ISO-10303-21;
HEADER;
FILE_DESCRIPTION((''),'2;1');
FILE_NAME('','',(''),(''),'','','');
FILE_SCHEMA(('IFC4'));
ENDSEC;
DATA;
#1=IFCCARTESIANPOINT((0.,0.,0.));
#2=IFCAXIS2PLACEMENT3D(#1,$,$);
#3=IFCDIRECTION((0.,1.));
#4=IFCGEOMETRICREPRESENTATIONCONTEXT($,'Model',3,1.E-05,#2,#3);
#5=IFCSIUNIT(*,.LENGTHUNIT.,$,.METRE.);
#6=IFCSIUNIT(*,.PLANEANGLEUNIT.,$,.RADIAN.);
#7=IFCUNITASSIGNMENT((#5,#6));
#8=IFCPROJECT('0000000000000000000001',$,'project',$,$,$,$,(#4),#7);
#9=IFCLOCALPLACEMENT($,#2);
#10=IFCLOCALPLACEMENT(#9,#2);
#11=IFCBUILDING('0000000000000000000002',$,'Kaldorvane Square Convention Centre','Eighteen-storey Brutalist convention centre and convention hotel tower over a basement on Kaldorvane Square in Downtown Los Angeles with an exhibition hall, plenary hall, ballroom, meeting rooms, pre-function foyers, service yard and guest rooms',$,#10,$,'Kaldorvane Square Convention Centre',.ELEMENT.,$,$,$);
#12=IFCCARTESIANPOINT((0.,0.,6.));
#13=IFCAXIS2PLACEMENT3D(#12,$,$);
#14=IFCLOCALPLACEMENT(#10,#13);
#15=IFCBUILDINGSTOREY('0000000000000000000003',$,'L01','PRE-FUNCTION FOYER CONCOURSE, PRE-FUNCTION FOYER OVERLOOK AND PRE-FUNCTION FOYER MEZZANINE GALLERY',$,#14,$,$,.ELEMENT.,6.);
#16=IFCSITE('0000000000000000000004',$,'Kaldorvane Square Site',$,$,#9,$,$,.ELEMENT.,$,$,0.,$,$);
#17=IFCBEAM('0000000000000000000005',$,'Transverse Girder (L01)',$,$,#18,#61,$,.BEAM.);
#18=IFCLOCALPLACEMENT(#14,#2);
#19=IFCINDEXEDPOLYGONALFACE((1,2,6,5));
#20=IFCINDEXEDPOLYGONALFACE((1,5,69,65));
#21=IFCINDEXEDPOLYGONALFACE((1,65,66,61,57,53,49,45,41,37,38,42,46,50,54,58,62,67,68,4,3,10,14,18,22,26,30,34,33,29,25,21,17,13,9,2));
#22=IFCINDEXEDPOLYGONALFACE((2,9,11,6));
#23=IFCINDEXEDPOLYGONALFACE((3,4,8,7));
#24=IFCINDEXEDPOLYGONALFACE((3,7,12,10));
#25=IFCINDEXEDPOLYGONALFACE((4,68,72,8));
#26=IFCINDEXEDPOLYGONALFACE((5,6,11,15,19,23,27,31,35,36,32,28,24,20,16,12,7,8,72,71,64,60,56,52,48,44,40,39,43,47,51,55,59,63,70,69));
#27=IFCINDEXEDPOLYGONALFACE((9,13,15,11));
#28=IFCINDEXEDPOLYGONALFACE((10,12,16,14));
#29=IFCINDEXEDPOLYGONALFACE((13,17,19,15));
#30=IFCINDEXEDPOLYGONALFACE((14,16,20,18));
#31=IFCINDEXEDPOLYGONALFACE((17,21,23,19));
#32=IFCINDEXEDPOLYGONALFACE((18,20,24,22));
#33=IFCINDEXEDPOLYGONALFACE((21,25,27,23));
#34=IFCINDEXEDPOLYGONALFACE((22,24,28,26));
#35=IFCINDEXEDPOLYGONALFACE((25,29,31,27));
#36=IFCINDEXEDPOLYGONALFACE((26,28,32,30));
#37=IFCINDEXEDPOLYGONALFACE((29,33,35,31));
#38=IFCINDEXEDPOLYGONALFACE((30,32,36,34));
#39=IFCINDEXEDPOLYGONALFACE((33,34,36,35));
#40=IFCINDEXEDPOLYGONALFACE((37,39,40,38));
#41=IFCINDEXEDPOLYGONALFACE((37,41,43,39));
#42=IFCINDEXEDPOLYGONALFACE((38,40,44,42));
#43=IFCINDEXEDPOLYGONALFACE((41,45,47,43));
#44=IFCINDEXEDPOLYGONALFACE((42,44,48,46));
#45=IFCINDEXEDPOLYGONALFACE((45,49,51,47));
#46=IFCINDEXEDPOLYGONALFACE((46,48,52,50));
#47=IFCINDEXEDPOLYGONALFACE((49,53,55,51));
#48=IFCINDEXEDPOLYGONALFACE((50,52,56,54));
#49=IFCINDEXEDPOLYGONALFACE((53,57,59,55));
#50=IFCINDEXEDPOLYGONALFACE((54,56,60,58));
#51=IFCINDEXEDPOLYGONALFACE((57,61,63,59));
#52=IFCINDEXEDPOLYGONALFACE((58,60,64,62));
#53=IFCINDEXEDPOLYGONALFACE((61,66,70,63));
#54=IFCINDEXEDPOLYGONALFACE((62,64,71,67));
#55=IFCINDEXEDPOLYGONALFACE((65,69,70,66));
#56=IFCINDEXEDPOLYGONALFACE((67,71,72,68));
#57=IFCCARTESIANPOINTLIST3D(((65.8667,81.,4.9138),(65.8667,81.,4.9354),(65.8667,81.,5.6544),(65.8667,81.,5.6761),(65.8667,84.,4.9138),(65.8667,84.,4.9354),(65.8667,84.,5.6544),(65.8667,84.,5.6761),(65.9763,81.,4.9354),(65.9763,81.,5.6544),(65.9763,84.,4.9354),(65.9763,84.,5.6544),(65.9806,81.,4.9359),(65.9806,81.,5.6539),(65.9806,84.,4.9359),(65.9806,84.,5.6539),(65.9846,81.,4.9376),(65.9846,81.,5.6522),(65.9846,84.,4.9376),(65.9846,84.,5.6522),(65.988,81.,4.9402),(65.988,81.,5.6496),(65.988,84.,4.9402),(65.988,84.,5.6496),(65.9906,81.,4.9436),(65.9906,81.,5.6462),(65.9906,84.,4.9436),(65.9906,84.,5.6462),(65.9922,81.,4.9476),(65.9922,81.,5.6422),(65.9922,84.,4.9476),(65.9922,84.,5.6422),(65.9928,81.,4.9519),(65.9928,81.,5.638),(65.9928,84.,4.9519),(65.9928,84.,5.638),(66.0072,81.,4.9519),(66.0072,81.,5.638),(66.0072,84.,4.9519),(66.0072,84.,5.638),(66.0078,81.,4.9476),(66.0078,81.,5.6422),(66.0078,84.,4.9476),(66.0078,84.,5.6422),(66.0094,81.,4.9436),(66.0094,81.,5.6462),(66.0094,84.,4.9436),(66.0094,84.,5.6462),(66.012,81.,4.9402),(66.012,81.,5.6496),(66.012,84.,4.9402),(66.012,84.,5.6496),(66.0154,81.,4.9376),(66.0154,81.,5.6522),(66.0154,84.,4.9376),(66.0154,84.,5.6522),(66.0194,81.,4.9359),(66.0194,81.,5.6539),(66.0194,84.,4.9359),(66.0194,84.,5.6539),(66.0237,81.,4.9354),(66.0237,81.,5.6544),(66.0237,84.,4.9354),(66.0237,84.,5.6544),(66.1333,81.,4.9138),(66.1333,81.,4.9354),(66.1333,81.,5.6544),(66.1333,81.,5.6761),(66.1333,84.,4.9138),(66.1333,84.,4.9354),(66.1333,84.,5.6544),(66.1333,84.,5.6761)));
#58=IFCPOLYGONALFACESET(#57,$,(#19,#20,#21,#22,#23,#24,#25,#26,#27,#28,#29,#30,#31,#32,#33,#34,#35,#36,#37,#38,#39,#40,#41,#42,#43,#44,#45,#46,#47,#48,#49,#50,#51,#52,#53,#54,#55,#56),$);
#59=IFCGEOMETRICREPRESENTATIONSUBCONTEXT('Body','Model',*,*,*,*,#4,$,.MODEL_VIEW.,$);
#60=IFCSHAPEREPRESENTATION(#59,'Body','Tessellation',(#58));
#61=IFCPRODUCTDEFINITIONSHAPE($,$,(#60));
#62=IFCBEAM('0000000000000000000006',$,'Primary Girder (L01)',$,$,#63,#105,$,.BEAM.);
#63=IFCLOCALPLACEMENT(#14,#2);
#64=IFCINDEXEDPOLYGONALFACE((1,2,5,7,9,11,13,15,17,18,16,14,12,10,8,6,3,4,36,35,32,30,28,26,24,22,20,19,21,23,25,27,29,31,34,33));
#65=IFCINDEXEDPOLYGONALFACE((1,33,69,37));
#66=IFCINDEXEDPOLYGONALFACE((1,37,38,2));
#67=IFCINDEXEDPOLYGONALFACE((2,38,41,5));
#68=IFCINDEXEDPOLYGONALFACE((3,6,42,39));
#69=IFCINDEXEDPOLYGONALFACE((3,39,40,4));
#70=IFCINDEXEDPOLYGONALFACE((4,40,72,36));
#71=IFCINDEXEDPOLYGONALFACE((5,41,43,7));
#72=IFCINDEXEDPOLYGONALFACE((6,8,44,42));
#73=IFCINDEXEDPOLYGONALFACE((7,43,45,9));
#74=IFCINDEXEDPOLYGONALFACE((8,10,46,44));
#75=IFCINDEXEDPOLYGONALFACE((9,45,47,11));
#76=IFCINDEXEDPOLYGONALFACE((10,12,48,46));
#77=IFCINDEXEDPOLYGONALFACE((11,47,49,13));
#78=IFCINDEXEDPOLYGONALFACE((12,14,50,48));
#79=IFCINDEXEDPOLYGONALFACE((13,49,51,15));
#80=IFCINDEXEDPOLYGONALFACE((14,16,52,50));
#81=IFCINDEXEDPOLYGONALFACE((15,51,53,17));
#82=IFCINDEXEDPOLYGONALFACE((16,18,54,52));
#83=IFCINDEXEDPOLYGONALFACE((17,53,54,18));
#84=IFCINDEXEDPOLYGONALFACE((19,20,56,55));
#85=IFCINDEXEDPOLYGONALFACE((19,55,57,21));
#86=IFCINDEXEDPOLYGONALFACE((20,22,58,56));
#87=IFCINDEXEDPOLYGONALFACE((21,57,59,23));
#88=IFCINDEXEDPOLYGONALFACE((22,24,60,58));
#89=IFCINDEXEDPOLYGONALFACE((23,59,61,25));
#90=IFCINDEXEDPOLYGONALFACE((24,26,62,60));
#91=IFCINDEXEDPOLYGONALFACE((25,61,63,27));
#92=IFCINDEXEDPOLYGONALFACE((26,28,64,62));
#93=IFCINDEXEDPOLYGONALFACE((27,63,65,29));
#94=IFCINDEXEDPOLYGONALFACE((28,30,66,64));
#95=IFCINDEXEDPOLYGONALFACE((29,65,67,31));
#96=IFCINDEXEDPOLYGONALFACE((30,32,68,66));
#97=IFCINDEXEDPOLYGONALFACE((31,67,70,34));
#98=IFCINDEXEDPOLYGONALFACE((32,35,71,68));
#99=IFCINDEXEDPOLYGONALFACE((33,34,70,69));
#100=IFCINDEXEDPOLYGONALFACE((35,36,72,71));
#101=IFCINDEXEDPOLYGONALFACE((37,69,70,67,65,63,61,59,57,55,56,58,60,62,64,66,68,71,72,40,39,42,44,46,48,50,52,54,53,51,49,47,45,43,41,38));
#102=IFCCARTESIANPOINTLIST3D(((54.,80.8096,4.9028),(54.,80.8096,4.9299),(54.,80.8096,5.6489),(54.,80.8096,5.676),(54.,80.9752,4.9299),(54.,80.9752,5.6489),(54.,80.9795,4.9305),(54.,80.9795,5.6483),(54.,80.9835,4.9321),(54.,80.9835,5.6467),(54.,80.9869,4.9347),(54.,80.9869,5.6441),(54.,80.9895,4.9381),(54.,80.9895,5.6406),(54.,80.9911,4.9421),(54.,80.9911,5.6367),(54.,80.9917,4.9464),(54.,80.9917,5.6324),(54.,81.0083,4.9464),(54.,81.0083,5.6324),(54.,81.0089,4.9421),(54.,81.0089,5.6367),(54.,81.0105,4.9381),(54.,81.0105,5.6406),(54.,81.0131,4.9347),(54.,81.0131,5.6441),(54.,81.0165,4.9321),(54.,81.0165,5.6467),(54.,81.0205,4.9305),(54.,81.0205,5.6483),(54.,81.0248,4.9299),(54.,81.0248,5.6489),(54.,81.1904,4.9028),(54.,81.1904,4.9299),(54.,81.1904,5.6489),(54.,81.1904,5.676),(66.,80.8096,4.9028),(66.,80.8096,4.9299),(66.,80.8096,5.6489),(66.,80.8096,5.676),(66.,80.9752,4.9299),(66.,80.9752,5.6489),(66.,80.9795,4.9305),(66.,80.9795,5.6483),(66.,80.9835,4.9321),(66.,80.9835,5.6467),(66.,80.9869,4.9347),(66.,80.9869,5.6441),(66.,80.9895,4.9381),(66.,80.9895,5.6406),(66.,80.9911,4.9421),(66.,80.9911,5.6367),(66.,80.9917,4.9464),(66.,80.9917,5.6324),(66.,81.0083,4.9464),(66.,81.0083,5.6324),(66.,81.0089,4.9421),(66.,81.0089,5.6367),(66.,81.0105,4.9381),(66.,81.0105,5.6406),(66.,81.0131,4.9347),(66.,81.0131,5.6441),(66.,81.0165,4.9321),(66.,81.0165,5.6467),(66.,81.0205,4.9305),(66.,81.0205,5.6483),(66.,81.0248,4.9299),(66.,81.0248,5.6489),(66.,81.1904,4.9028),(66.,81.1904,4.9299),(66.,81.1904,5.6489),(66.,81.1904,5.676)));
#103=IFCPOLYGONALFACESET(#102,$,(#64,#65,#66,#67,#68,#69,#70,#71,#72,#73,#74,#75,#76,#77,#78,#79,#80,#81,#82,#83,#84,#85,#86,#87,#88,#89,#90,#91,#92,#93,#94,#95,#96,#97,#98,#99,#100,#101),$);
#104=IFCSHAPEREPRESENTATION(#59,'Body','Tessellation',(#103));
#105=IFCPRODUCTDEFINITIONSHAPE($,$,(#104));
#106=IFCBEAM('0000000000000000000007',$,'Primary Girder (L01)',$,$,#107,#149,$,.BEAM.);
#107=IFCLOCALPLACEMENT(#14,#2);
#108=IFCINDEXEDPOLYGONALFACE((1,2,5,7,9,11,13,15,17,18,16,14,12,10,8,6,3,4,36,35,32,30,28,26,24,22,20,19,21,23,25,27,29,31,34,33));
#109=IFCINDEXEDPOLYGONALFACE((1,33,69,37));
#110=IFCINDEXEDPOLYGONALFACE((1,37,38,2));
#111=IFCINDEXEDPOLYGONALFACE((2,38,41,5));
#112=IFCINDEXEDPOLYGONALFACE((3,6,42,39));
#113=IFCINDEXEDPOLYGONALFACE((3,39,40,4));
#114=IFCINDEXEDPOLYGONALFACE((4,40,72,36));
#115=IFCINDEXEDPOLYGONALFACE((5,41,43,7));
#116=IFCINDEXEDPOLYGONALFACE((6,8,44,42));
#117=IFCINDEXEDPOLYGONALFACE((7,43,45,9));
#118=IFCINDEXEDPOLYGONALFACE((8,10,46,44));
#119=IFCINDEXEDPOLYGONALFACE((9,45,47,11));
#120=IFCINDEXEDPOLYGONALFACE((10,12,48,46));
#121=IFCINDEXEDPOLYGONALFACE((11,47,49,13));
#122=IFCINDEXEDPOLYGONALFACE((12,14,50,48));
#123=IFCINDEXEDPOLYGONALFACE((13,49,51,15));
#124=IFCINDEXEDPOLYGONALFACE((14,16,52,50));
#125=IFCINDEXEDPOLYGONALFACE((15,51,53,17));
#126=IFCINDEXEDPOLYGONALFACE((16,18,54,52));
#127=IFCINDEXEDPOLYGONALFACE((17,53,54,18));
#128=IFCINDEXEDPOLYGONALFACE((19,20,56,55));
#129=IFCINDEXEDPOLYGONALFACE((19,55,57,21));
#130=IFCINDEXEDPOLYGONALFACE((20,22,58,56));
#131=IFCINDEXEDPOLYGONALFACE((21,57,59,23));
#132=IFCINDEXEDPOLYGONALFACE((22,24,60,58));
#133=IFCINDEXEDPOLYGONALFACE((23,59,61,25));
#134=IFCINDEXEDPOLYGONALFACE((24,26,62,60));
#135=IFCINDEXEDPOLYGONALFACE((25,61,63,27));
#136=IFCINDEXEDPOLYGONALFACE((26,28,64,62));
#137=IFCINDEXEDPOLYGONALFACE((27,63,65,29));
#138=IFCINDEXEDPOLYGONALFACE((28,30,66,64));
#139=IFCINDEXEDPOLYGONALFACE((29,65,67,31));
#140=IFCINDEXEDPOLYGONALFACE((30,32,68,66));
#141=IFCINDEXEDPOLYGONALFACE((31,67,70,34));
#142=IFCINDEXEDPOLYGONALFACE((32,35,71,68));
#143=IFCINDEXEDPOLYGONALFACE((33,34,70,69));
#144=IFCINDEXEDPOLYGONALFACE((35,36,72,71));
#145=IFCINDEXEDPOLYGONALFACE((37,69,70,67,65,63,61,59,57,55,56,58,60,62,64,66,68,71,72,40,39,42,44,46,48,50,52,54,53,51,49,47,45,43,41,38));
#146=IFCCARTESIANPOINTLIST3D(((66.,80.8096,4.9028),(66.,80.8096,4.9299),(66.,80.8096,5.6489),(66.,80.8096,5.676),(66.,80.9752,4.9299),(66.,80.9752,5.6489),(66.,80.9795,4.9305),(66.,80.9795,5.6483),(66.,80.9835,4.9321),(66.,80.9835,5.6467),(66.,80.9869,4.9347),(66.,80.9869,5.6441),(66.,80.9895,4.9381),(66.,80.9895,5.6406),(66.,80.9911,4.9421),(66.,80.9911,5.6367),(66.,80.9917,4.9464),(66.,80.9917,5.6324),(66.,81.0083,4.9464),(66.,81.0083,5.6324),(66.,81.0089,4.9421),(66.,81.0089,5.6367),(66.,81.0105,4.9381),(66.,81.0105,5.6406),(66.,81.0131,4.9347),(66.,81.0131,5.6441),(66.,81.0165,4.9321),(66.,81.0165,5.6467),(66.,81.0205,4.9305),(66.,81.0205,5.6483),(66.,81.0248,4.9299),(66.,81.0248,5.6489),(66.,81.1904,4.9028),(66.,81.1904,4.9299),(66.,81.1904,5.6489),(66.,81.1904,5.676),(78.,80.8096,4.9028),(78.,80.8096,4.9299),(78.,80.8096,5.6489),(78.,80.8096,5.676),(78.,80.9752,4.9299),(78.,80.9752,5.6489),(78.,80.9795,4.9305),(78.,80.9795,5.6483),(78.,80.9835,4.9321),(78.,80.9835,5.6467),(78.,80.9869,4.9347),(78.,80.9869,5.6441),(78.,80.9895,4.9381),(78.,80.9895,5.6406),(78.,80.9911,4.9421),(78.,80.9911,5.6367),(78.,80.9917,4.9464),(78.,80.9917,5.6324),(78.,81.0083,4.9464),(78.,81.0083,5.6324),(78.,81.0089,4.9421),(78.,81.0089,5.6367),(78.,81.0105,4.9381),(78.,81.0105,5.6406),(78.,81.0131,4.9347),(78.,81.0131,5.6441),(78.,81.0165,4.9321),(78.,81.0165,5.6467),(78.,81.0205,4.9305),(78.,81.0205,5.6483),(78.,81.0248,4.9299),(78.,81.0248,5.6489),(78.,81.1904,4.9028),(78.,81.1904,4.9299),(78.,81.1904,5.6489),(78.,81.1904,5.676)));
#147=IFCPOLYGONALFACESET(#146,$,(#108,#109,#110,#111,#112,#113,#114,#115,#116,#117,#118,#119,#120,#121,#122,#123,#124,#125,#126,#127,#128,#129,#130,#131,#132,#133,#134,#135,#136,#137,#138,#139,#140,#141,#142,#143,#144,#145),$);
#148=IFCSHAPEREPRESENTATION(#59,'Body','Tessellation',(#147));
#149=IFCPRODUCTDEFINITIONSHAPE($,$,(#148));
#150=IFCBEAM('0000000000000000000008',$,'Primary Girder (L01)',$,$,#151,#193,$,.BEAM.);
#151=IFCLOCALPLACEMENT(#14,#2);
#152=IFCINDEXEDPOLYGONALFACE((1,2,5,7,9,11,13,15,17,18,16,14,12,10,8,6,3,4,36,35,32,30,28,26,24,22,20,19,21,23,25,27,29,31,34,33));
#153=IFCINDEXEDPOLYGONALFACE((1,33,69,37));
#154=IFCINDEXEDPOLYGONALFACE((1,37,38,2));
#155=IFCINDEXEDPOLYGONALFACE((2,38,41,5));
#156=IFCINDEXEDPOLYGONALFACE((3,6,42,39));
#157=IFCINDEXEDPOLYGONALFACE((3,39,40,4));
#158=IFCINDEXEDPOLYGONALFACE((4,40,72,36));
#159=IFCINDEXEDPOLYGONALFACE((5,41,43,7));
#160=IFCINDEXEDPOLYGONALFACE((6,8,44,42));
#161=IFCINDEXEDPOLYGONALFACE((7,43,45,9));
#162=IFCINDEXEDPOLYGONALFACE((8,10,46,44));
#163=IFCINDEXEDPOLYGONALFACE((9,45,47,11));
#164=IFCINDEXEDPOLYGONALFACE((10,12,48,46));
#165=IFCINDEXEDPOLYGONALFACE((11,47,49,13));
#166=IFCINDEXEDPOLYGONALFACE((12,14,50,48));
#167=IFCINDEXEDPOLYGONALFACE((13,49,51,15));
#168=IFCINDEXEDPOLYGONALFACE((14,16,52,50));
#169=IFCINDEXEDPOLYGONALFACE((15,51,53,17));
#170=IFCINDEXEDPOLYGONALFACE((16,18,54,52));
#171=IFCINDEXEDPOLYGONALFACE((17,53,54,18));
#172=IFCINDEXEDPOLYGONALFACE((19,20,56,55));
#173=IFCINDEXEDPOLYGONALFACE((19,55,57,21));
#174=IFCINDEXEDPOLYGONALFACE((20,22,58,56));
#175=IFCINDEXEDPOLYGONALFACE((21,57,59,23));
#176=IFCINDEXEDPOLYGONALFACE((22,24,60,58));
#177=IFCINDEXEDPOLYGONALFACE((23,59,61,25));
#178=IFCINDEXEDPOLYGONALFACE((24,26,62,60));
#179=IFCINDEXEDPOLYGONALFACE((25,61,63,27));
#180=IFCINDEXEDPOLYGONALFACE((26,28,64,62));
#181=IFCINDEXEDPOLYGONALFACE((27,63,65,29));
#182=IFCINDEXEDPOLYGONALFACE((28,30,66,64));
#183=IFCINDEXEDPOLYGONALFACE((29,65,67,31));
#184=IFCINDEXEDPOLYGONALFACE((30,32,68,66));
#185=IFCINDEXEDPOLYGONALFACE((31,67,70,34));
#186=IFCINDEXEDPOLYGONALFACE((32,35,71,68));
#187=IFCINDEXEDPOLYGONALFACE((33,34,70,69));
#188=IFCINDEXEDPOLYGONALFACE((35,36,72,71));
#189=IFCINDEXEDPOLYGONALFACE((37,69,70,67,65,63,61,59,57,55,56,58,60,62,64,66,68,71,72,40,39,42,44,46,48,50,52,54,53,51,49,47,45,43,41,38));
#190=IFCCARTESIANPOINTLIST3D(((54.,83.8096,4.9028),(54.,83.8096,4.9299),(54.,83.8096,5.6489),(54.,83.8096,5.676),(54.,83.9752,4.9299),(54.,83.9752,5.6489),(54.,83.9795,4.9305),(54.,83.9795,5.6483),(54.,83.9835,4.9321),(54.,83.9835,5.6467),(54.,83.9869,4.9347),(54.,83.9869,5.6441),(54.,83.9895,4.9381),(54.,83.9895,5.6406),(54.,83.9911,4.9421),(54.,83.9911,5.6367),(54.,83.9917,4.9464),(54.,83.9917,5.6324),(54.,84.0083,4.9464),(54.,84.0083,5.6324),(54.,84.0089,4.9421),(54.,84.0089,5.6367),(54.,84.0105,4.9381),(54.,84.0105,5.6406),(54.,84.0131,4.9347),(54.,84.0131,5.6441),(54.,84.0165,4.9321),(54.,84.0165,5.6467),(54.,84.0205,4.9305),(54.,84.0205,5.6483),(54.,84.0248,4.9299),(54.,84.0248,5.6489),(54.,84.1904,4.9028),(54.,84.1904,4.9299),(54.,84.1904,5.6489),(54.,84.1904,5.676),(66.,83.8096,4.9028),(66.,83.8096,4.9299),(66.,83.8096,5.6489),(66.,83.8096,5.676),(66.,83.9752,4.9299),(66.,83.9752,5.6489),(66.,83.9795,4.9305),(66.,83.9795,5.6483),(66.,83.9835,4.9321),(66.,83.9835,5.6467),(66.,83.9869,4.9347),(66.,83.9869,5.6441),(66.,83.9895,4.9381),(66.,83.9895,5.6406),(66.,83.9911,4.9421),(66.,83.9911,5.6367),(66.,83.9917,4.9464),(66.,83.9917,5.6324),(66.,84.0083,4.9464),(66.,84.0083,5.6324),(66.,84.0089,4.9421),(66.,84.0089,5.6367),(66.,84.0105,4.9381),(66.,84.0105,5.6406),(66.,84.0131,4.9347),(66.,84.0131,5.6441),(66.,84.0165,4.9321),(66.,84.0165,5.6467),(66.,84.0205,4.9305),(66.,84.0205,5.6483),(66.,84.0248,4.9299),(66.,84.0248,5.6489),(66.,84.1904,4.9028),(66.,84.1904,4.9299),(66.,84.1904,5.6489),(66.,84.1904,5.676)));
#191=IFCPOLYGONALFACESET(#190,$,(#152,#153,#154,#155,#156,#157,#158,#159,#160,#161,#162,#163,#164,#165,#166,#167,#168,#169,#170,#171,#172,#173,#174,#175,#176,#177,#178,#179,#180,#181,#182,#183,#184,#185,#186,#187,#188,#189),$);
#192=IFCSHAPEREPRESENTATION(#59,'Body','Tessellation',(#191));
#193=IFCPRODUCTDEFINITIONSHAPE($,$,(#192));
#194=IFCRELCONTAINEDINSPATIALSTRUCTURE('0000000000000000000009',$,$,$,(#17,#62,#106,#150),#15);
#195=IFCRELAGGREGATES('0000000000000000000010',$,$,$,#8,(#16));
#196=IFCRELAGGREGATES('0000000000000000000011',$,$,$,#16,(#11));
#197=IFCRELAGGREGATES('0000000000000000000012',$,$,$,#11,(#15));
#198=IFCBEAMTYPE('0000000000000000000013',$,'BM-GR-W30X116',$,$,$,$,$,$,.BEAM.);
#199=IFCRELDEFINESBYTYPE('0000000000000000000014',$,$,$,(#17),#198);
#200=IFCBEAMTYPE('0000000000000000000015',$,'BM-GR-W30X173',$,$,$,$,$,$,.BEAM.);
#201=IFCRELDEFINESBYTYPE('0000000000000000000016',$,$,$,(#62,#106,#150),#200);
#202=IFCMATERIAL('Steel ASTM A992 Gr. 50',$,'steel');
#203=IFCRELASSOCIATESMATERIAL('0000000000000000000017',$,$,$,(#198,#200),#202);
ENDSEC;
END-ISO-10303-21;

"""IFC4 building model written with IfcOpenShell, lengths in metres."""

from ifc_helpers import new_model, si_unit, direction, frame, origin, origin_2d, place, context, subcontext, project, spatial, i_section, extrude, material, material_profile, profile_set, type_object, element, save


model = new_model("IFC4")

# Units and contexts
model_context = context("Model", 3, precision=1e-05, world=origin(), true_north=direction((0.0, 1.0)))
body_context = subcontext(model_context, "Body", "Model", "MODEL_VIEW")
ifc_project = project(units=[si_unit("LENGTHUNIT", "METRE"), si_unit("PLANEANGLEUNIT", "RADIAN")], contexts=[model_context])

# Site, building, storey
site_placement = place(None, origin())
site = spatial("IfcSite", under=ifc_project, at=site_placement, Name="Kaldorvane Square Site", CompositionType="ELEMENT", RefElevation=0.0)
building_placement = place(site_placement, origin())
building = spatial("IfcBuilding", under=site, at=building_placement, Name="Kaldorvane Square Convention Centre", Description="Eighteen-storey Brutalist convention centre and convention hotel tower over a basement on Kaldorvane Square in Downtown Los Angeles with an exhibition hall, plenary hall, ballroom, meeting rooms, pre-function foyers, service yard and guest rooms", LongName="Kaldorvane Square Convention Centre", CompositionType="ELEMENT")
storey_placement = place(building_placement, frame((0.0, 0.0, 6.0)))
storey = spatial("IfcBuildingStorey", under=building, at=storey_placement, Name="L01", Description="PRE-FUNCTION FOYER CONCOURSE, PRE-FUNCTION FOYER OVERLOOK AND PRE-FUNCTION FOYER MEZZANINE GALLERY", CompositionType="ELEMENT", Elevation=6.0)

# Shared definitions
ifc_material_1 = material(Name="Steel ASTM A992 Gr. 50", Category="steel")

# Beams
ifc_material_profile_1 = material_profile(ifc_material_1, i_section(OverallWidth=0.2666, OverallDepth=0.7623, WebThickness=0.0144, FlangeThickness=0.0216, FilletRadius=0.0165, at=origin_2d()), Name="W30X116")
ifc_profile_set_1 = profile_set([ifc_material_profile_1], Name="Steel ASTM A992 Gr. 50")
beam_type_1 = type_object("IfcBeamType", Name="BM-GR-W30X116", PredefinedType="BEAM", material=ifc_profile_set_1)
for number, where, z_axis, x_axis, name in (
    (1, (66.0, 81.0, 5.2949), (0.0, 1.0, 0.0), (-1.0, 0.0, 0.0), "Transverse Girder (L01)"),
):
    element("IfcBeam", number, at=place(storey_placement, frame(where, z_axis=z_axis, x_axis=x_axis)), inside=storey, type_object=beam_type_1, Name=name, PredefinedType="BEAM", context=body_context, shape_type="SweptSolid", body=[
        extrude(i_section(OverallWidth=0.2666, OverallDepth=0.7623, WebThickness=0.0144, FlangeThickness=0.0216, FilletRadius=0.0165, at=origin_2d()), origin(), (0.0, 0.0, 1.0), 3.0),
    ])
ifc_material_profile_2 = material_profile(ifc_material_1, i_section(OverallWidth=0.3807, OverallDepth=0.7732, WebThickness=0.0166, FlangeThickness=0.0271, FilletRadius=0.0165, at=origin_2d()), Name="W30X173")
ifc_profile_set_2 = profile_set([ifc_material_profile_2], Name="Steel ASTM A992 Gr. 50")
beam_type_2 = type_object("IfcBeamType", Name="BM-GR-W30X173", PredefinedType="BEAM", material=ifc_profile_set_2)
for number, where, z_axis, x_axis, name in (
    (2, (54.0, 81.0, 5.2894), (1.0, 0.0, 0.0), (0.0, 1.0, 0.0), "Primary Girder (L01)"),
    (3, (66.0, 81.0, 5.2894), (1.0, 0.0, 0.0), (0.0, 1.0, 0.0), "Primary Girder (L01)"),
    (4, (54.0, 84.0, 5.2894), (1.0, 0.0, 0.0), (0.0, 1.0, 0.0), "Primary Girder (L01)"),
):
    element("IfcBeam", number, at=place(storey_placement, frame(where, z_axis=z_axis, x_axis=x_axis)), inside=storey, type_object=beam_type_2, Name=name, PredefinedType="BEAM", context=body_context, shape_type="SweptSolid", body=[
        extrude(i_section(OverallWidth=0.3807, OverallDepth=0.7732, WebThickness=0.0166, FlangeThickness=0.0271, FilletRadius=0.0165, at=origin_2d()), origin(), (0.0, 0.0, 1.0), 12.0),
    ])

save(model, "model.ifc")
